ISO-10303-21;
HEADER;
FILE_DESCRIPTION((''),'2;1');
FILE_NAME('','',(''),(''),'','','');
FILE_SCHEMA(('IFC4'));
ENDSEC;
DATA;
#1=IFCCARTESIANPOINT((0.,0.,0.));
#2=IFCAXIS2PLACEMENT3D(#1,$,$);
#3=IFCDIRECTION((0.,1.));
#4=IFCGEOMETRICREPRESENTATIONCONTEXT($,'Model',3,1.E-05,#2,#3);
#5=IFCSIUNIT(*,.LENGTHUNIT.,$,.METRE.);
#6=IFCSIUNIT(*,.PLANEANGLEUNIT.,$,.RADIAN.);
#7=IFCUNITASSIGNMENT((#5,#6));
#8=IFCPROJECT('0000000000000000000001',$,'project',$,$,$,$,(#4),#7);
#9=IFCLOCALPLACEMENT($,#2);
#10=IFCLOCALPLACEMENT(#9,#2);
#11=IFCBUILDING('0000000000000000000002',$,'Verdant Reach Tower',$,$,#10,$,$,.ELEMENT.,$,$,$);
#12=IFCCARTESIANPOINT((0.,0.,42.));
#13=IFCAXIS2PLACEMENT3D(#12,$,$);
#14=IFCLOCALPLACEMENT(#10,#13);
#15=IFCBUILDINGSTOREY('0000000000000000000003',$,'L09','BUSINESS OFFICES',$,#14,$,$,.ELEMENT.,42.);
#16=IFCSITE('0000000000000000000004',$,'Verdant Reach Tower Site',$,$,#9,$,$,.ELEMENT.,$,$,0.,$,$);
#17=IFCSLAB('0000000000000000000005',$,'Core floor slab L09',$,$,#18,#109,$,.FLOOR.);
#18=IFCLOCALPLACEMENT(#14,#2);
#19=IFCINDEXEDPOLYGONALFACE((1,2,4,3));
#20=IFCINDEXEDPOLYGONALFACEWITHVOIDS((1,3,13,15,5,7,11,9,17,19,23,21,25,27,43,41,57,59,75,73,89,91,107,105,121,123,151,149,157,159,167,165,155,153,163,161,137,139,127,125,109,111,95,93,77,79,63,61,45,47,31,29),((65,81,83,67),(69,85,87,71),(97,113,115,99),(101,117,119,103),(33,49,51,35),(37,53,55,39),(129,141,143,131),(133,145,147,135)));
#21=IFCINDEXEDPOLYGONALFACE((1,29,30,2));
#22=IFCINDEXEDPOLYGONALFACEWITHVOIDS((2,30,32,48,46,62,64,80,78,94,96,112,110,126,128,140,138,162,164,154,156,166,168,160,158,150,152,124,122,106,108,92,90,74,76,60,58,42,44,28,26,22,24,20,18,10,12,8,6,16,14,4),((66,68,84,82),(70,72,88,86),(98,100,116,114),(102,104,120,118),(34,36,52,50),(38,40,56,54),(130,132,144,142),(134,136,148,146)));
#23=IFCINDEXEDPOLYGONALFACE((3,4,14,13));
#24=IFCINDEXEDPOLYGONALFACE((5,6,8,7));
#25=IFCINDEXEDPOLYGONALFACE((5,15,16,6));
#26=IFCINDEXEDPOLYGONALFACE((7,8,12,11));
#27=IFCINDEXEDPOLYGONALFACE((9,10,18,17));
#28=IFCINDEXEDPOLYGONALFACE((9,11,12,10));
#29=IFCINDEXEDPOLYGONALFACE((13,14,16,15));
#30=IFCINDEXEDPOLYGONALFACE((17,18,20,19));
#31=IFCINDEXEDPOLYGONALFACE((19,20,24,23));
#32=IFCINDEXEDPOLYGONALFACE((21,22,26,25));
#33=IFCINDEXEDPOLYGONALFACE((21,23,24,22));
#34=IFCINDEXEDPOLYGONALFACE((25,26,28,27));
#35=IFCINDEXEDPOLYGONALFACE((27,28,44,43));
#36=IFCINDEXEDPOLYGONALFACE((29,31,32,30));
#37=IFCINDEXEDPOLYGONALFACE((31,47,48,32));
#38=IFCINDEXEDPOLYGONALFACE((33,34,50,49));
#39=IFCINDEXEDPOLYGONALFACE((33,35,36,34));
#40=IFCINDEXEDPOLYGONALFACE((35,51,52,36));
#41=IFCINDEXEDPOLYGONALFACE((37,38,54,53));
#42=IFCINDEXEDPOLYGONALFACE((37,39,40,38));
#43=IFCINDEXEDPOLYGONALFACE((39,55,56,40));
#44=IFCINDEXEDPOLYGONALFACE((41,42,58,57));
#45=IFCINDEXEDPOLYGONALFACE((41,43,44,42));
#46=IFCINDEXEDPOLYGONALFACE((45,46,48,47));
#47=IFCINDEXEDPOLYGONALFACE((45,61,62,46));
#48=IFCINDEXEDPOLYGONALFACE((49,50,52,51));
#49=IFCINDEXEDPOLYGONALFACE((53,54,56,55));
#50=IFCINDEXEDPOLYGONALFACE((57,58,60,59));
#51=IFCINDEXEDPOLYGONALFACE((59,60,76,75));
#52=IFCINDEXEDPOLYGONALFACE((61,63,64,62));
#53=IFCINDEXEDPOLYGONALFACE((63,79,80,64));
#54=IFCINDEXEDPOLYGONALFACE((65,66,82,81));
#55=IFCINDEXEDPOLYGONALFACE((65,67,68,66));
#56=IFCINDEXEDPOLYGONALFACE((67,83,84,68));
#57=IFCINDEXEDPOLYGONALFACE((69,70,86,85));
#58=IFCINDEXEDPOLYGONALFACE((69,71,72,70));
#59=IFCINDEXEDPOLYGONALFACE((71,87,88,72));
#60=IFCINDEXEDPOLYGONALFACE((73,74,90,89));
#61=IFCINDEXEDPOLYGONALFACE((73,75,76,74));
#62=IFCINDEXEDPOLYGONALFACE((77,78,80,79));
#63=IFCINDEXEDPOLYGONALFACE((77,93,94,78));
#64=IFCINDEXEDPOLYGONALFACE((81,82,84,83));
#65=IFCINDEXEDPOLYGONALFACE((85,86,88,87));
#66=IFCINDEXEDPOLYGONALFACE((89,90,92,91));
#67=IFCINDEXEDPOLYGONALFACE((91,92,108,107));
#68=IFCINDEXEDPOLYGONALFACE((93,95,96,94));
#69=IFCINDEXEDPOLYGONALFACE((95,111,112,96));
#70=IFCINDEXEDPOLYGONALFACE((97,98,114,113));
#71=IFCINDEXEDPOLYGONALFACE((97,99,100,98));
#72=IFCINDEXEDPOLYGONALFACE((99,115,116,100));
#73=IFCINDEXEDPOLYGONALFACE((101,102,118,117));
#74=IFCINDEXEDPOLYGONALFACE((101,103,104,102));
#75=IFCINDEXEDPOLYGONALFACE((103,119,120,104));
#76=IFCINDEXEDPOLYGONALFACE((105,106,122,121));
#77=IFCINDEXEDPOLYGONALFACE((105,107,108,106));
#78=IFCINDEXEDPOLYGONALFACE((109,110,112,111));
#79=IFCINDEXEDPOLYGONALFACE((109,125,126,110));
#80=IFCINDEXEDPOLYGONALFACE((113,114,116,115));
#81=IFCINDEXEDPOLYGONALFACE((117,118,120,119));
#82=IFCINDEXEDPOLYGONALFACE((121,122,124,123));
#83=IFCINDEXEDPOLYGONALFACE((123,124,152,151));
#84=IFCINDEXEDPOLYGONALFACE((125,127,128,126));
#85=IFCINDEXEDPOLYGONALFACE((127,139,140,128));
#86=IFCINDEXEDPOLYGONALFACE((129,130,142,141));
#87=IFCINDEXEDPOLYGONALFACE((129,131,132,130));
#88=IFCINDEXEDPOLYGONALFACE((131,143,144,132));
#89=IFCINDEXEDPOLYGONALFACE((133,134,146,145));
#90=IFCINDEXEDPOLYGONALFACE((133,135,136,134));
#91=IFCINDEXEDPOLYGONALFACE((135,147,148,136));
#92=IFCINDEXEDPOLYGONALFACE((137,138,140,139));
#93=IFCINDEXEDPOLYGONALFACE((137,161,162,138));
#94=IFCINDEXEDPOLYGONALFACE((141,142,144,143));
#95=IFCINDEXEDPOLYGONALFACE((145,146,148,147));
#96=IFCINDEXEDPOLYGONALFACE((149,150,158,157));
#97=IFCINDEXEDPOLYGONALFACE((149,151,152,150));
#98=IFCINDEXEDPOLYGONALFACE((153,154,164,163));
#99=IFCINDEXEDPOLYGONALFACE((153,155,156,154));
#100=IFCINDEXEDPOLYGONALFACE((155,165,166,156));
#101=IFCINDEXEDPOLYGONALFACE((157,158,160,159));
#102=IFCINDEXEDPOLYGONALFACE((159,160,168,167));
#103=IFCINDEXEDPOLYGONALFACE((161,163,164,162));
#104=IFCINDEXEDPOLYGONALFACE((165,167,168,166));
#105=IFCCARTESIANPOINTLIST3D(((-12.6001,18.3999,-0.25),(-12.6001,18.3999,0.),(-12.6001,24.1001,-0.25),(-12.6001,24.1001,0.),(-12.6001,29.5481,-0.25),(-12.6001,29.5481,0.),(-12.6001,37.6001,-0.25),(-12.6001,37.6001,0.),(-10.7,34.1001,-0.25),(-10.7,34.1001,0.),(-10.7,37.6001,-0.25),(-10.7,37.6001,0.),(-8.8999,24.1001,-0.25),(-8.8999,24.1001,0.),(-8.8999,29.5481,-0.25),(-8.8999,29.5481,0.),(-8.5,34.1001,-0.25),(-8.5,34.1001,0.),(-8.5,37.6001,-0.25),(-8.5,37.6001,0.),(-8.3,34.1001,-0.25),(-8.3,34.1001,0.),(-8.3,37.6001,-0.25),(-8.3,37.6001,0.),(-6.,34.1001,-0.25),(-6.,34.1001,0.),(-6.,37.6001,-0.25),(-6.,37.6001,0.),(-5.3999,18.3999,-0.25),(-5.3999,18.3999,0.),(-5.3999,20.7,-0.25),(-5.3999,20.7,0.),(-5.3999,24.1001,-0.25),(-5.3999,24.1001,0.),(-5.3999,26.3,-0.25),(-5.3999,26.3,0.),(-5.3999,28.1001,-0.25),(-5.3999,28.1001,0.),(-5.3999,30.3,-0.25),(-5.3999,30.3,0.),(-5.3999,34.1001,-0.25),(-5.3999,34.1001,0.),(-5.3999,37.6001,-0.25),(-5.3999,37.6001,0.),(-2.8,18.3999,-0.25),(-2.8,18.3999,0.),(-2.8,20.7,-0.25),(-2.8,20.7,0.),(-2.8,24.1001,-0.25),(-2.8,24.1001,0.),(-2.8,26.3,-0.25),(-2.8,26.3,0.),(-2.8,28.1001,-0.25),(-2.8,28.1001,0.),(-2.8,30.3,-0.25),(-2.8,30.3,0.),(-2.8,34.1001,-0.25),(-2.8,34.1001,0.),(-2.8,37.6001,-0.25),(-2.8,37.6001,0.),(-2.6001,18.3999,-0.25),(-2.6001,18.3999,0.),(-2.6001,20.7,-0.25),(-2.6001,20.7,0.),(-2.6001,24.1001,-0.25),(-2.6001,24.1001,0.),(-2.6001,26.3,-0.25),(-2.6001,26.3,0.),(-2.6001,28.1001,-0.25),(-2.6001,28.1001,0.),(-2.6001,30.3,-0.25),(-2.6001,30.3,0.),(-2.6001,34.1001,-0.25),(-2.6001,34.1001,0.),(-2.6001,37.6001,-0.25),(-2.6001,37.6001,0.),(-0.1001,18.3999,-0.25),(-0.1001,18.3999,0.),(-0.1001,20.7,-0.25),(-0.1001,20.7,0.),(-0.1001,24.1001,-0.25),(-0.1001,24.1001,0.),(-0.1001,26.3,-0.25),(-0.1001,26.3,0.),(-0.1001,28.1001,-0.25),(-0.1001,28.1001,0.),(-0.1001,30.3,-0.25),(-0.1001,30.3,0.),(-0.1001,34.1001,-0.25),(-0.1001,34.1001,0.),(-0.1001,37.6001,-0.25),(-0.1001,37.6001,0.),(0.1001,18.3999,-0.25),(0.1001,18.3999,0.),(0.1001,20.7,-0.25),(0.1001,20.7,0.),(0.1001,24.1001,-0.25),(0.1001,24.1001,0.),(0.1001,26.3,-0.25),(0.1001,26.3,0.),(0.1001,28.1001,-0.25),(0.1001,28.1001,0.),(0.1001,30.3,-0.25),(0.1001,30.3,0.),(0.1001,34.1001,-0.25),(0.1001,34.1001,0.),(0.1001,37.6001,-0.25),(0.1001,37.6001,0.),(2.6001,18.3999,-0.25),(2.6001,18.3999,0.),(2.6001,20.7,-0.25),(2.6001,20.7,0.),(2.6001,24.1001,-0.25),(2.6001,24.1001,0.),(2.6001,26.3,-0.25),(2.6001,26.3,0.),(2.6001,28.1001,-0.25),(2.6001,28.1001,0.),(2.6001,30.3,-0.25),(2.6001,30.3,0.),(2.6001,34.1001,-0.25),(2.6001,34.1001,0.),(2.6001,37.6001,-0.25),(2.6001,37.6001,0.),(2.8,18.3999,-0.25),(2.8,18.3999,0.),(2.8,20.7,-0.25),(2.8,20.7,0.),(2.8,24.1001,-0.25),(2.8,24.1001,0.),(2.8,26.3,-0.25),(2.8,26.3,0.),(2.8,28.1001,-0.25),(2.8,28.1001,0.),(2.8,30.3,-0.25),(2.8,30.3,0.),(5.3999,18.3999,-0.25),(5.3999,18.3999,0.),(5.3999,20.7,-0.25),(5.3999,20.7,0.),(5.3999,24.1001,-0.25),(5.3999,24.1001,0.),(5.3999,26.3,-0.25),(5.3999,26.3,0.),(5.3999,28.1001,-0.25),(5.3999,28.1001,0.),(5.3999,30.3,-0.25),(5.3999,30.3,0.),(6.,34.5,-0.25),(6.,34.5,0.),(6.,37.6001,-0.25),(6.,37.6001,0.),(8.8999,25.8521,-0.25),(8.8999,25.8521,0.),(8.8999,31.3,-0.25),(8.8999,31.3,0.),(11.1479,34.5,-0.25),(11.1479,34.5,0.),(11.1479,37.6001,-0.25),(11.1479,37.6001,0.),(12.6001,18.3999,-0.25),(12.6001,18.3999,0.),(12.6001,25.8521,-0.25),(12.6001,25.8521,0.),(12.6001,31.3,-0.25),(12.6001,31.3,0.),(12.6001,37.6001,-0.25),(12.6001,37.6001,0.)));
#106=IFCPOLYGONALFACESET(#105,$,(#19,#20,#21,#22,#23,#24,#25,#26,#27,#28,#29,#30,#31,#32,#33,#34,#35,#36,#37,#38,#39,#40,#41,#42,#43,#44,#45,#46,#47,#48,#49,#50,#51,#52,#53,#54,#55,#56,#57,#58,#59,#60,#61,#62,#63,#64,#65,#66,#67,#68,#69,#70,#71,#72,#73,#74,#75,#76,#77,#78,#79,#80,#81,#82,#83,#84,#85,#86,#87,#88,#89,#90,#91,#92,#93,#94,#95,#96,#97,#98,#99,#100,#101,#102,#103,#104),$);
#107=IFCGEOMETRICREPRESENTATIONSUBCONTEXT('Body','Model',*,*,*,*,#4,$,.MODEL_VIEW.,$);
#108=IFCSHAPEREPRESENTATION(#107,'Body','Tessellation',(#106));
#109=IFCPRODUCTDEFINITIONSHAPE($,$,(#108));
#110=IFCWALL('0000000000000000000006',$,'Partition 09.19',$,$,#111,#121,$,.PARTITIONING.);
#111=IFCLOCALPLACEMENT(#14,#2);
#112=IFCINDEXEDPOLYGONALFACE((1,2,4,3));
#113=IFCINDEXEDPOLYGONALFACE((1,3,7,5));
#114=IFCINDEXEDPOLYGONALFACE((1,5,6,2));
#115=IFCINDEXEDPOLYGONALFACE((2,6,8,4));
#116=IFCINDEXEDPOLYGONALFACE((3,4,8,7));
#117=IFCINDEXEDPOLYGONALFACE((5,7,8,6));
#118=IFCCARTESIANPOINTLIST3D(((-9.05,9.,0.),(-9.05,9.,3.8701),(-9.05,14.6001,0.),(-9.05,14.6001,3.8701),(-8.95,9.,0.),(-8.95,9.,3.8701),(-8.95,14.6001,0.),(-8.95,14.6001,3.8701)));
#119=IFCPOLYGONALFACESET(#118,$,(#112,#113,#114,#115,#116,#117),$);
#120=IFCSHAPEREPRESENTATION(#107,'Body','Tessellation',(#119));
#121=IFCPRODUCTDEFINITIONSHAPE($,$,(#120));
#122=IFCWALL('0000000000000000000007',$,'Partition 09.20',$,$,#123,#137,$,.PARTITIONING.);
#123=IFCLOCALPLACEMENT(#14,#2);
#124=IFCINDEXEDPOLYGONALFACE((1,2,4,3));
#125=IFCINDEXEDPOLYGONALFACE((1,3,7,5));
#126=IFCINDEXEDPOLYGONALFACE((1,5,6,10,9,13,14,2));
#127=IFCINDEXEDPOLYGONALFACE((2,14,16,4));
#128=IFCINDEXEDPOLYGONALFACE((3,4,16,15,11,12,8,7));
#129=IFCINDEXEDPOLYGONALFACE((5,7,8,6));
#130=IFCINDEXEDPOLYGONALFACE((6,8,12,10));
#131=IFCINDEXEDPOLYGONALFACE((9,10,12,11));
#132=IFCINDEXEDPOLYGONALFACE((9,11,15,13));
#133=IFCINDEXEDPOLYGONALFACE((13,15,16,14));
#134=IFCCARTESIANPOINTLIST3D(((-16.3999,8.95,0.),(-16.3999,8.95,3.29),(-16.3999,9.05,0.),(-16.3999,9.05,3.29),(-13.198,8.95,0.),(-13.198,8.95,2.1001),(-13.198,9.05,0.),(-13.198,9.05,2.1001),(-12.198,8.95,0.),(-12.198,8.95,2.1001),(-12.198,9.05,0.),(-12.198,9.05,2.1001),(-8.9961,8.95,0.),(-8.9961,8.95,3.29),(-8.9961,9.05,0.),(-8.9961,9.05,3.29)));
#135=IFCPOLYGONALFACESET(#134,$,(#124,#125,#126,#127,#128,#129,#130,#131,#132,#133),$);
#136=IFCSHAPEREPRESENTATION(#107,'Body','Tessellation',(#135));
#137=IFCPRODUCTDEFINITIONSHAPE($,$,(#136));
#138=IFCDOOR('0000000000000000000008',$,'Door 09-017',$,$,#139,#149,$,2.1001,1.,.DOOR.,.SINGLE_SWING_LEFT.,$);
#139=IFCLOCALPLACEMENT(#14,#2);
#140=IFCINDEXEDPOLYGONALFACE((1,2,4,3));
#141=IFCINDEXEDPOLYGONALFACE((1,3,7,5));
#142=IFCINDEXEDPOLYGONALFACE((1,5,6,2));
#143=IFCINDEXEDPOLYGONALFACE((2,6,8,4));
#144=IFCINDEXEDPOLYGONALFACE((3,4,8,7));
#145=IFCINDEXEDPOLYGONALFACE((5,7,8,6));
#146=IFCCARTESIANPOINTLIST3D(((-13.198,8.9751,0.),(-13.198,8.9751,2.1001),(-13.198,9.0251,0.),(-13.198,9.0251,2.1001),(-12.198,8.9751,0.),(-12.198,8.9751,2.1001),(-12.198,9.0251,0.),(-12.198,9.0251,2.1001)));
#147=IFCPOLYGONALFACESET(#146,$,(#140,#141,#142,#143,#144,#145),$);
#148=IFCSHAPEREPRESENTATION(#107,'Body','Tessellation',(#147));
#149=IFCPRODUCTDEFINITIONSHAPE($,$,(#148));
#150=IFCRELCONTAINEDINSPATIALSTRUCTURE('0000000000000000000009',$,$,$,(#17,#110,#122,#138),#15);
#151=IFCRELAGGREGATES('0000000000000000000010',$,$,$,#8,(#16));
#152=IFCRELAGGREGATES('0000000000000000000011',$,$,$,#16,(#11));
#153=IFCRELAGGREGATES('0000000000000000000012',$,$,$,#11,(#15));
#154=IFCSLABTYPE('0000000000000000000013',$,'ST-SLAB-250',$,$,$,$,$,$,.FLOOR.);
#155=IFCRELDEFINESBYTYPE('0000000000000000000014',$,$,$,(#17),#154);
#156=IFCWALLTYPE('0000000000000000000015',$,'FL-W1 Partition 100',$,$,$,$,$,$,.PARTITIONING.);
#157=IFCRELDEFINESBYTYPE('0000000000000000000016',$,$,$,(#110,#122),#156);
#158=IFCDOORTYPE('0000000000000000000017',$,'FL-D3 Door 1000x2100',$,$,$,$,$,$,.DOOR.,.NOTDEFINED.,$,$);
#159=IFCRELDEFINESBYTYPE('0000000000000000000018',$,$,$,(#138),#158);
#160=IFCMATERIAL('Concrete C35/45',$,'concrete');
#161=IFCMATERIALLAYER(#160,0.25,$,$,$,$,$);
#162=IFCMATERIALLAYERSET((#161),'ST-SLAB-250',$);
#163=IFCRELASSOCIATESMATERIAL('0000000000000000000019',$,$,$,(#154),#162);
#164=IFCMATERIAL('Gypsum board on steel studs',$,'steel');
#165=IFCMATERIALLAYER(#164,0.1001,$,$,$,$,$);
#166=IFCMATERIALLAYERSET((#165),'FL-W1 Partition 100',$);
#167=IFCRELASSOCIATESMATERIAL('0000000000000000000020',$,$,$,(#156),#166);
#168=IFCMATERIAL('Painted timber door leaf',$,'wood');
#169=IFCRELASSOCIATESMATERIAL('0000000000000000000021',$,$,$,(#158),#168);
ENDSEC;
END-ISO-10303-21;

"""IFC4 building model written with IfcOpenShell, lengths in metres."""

from ifc_helpers import new_model, si_unit, direction, frame, frame_2d, origin, place, context, subcontext, project, spatial, polyline, rectangle, outline, extrude, material, layer, layer_set, type_object, element, fill, save


model = new_model("IFC4")

# Units and contexts
model_context = context("Model", 3, precision=1e-05, world=origin(), true_north=direction((0.0, 1.0)))
body_context = subcontext(model_context, "Body", "Model", "MODEL_VIEW")
ifc_project = project(units=[si_unit("LENGTHUNIT", "METRE"), si_unit("PLANEANGLEUNIT", "RADIAN")], contexts=[model_context])

# Site, building, storey
site_placement = place(None, origin())
site = spatial("IfcSite", under=ifc_project, at=site_placement, Name="Verdant Reach Tower Site", CompositionType="ELEMENT", RefElevation=0.0)
building_placement = place(site_placement, origin())
building = spatial("IfcBuilding", under=site, at=building_placement, Name="Verdant Reach Tower", CompositionType="ELEMENT")
storey_placement = place(building_placement, frame((0.0, 0.0, 42.0)))
storey = spatial("IfcBuildingStorey", under=building, at=storey_placement, Name="L09", Description="BUSINESS OFFICES", CompositionType="ELEMENT", Elevation=42.0)

# Slab
ifc_material_1 = material(Name="Concrete C35/45", Category="concrete")
ifc_layer_1 = layer(ifc_material_1, 0.25)
ifc_layer_set_1 = layer_set([ifc_layer_1], Name="ST-SLAB-250")
slab_type_1 = type_object("IfcSlabType", Name="ST-SLAB-250", PredefinedType="FLOOR", material=ifc_layer_set_1)
slab_1_placement = place(storey_placement, frame((0.0, 0.0, -0.25)))
element("IfcSlab", 1, at=slab_1_placement, inside=storey, type_object=slab_type_1, Name="Core floor slab L09", PredefinedType="FLOOR", context=body_context, shape_type="SweptSolid", body=[
    extrude(outline(polyline([(12.6001, 18.3999), (5.3999, 18.3999), (5.3999, 20.7), (2.8, 20.7), (2.8, 18.3999), (2.6001, 18.3999), (2.6001, 20.7), (0.1001, 20.7), (0.1001, 18.3999), (-0.1001, 18.3999), (-0.1001, 20.7), (-2.6001, 20.7), (-2.6001, 18.3999), (-2.8, 18.3999), (-2.8, 20.7), (-5.3999, 20.7), (-5.3999, 18.3999), (-12.6001, 18.3999), (-12.6001, 24.1001), (-8.8999, 24.1001), (-8.8999, 29.5481), (-12.6001, 29.5481), (-12.6001, 37.6001), (-10.7, 37.6001), (-10.7, 34.1001), (-8.5, 34.1001), (-8.5, 37.6001), (-8.3, 37.6001), (-8.3, 34.1001), (-6.0, 34.1001), (-6.0, 37.6001), (-5.3999, 37.6001), (-5.3999, 34.1001), (-2.8, 34.1001), (-2.8, 37.6001), (-2.6001, 37.6001), (-2.6001, 34.1001), (-0.1001, 34.1001), (-0.1001, 37.6001), (0.1001, 37.6001), (0.1001, 34.1001), (2.6001, 34.1001), (2.6001, 37.6001), (6.0, 37.6001), (6.0, 34.5), (11.1479, 34.5), (11.1479, 37.6001), (12.6001, 37.6001), (12.6001, 31.3), (8.8999, 31.3), (8.8999, 25.8521), (12.6001, 25.8521), (12.6001, 18.3999)]), holes=[polyline([(-2.8, 24.1001), (-2.8, 26.3), (-5.3999, 26.3), (-5.3999, 24.1001), (-2.8, 24.1001)]), polyline([(-2.6001, 24.1001), (-0.1001, 24.1001), (-0.1001, 26.3), (-2.6001, 26.3), (-2.6001, 24.1001)]), polyline([(-2.8, 28.1001), (-2.8, 30.3), (-5.3999, 30.3), (-5.3999, 28.1001), (-2.8, 28.1001)]), polyline([(-0.1001, 28.1001), (-0.1001, 30.3), (-2.6001, 30.3), (-2.6001, 28.1001), (-0.1001, 28.1001)]), polyline([(2.6001, 24.1001), (2.6001, 26.3), (0.1001, 26.3), (0.1001, 24.1001), (2.6001, 24.1001)]), polyline([(2.8, 24.1001), (5.3999, 24.1001), (5.3999, 26.3), (2.8, 26.3), (2.8, 24.1001)]), polyline([(2.6001, 28.1001), (2.6001, 30.3), (0.1001, 30.3), (0.1001, 28.1001), (2.6001, 28.1001)]), polyline([(5.3999, 28.1001), (5.3999, 30.3), (2.8, 30.3), (2.8, 28.1001), (5.3999, 28.1001)])]), origin(), (0.0, 0.0, 1.0), 0.25),
])

# Wall
ifc_material_2 = material(Name="Gypsum board on steel studs", Category="steel")
ifc_layer_2 = layer(ifc_material_2, 0.1001)
ifc_layer_set_2 = layer_set([ifc_layer_2], Name="FL-W1 Partition 100")
wall_type = type_object("IfcWallType", Name="FL-W1 Partition 100", PredefinedType="PARTITIONING", material=ifc_layer_set_2)
wall_1_placement = place(storey_placement, frame((-9.0, 9.0, 0.0), z_axis=(0.0, 0.0, 1.0), x_axis=(0.0, 1.0, 0.0)))
element("IfcWall", 2, at=wall_1_placement, inside=storey, type_object=wall_type, Name="Partition 09.19", PredefinedType="PARTITIONING", context=body_context, shape_type="SweptSolid", body=[
    extrude(rectangle(XDim=5.6001, YDim=0.1001, at=frame_2d((2.8, 0.0))), origin(), (0.0, 0.0, 1.0), 3.8701),
])

# Wall, opening, door
wall_2_placement = place(storey_placement, frame((-8.9961, 9.0, 0.0), z_axis=(0.0, 0.0, 1.0), x_axis=(-1.0, 0.0, 0.0)))
wall_2 = element("IfcWall", 3, at=wall_2_placement, inside=storey, type_object=wall_type, Name="Partition 09.20", PredefinedType="PARTITIONING", context=body_context, shape_type="SweptSolid", body=[
    extrude(rectangle(XDim=7.4038, YDim=0.1001, at=frame_2d((3.7019, 0.0))), origin(), (0.0, 0.0, 1.0), 3.29),
])
opening_1_placement = place(wall_2_placement, frame((3.2019, 0.0, 0.0)))
opening_1 = element("IfcOpeningElement", 4, at=opening_1_placement, cuts=wall_2, PredefinedType="OPENING", context=body_context, shape_type="SweptSolid", body=[
    extrude(rectangle(XDim=1.0, YDim=2.1001, at=frame_2d((0.5, 1.05))), frame((0.0, 0.0601, 0.0), z_axis=(0.0, -1.0, 0.0), x_axis=(1.0, 0.0, 0.0)), (0.0, 0.0, 1.0), 0.1201),
])
ifc_material_3 = material(Name="Painted timber door leaf", Category="wood")
door_type = type_object("IfcDoorType", Name="FL-D3 Door 1000x2100", OperationType="NOTDEFINED", PredefinedType="DOOR", material=ifc_material_3)
door_1_placement = place(opening_1_placement, origin())
door_1 = element("IfcDoor", 5, at=door_1_placement, inside=storey, type_object=door_type, Name="Door 09-017", OperationType="SINGLE_SWING_LEFT", OverallHeight=2.1001, OverallWidth=1.0, PredefinedType="DOOR", context=body_context, shape_type="SweptSolid", body=[
    extrude(rectangle(XDim=1.0, YDim=2.1001, at=frame_2d((0.5, 1.05))), frame((0.0, 0.0249, 0.0), z_axis=(0.0, -1.0, 0.0), x_axis=(1.0, 0.0, 0.0)), (0.0, 0.0, 1.0), 0.05),
])
fill(opening_1, door_1)

save(model, "model.ifc")
